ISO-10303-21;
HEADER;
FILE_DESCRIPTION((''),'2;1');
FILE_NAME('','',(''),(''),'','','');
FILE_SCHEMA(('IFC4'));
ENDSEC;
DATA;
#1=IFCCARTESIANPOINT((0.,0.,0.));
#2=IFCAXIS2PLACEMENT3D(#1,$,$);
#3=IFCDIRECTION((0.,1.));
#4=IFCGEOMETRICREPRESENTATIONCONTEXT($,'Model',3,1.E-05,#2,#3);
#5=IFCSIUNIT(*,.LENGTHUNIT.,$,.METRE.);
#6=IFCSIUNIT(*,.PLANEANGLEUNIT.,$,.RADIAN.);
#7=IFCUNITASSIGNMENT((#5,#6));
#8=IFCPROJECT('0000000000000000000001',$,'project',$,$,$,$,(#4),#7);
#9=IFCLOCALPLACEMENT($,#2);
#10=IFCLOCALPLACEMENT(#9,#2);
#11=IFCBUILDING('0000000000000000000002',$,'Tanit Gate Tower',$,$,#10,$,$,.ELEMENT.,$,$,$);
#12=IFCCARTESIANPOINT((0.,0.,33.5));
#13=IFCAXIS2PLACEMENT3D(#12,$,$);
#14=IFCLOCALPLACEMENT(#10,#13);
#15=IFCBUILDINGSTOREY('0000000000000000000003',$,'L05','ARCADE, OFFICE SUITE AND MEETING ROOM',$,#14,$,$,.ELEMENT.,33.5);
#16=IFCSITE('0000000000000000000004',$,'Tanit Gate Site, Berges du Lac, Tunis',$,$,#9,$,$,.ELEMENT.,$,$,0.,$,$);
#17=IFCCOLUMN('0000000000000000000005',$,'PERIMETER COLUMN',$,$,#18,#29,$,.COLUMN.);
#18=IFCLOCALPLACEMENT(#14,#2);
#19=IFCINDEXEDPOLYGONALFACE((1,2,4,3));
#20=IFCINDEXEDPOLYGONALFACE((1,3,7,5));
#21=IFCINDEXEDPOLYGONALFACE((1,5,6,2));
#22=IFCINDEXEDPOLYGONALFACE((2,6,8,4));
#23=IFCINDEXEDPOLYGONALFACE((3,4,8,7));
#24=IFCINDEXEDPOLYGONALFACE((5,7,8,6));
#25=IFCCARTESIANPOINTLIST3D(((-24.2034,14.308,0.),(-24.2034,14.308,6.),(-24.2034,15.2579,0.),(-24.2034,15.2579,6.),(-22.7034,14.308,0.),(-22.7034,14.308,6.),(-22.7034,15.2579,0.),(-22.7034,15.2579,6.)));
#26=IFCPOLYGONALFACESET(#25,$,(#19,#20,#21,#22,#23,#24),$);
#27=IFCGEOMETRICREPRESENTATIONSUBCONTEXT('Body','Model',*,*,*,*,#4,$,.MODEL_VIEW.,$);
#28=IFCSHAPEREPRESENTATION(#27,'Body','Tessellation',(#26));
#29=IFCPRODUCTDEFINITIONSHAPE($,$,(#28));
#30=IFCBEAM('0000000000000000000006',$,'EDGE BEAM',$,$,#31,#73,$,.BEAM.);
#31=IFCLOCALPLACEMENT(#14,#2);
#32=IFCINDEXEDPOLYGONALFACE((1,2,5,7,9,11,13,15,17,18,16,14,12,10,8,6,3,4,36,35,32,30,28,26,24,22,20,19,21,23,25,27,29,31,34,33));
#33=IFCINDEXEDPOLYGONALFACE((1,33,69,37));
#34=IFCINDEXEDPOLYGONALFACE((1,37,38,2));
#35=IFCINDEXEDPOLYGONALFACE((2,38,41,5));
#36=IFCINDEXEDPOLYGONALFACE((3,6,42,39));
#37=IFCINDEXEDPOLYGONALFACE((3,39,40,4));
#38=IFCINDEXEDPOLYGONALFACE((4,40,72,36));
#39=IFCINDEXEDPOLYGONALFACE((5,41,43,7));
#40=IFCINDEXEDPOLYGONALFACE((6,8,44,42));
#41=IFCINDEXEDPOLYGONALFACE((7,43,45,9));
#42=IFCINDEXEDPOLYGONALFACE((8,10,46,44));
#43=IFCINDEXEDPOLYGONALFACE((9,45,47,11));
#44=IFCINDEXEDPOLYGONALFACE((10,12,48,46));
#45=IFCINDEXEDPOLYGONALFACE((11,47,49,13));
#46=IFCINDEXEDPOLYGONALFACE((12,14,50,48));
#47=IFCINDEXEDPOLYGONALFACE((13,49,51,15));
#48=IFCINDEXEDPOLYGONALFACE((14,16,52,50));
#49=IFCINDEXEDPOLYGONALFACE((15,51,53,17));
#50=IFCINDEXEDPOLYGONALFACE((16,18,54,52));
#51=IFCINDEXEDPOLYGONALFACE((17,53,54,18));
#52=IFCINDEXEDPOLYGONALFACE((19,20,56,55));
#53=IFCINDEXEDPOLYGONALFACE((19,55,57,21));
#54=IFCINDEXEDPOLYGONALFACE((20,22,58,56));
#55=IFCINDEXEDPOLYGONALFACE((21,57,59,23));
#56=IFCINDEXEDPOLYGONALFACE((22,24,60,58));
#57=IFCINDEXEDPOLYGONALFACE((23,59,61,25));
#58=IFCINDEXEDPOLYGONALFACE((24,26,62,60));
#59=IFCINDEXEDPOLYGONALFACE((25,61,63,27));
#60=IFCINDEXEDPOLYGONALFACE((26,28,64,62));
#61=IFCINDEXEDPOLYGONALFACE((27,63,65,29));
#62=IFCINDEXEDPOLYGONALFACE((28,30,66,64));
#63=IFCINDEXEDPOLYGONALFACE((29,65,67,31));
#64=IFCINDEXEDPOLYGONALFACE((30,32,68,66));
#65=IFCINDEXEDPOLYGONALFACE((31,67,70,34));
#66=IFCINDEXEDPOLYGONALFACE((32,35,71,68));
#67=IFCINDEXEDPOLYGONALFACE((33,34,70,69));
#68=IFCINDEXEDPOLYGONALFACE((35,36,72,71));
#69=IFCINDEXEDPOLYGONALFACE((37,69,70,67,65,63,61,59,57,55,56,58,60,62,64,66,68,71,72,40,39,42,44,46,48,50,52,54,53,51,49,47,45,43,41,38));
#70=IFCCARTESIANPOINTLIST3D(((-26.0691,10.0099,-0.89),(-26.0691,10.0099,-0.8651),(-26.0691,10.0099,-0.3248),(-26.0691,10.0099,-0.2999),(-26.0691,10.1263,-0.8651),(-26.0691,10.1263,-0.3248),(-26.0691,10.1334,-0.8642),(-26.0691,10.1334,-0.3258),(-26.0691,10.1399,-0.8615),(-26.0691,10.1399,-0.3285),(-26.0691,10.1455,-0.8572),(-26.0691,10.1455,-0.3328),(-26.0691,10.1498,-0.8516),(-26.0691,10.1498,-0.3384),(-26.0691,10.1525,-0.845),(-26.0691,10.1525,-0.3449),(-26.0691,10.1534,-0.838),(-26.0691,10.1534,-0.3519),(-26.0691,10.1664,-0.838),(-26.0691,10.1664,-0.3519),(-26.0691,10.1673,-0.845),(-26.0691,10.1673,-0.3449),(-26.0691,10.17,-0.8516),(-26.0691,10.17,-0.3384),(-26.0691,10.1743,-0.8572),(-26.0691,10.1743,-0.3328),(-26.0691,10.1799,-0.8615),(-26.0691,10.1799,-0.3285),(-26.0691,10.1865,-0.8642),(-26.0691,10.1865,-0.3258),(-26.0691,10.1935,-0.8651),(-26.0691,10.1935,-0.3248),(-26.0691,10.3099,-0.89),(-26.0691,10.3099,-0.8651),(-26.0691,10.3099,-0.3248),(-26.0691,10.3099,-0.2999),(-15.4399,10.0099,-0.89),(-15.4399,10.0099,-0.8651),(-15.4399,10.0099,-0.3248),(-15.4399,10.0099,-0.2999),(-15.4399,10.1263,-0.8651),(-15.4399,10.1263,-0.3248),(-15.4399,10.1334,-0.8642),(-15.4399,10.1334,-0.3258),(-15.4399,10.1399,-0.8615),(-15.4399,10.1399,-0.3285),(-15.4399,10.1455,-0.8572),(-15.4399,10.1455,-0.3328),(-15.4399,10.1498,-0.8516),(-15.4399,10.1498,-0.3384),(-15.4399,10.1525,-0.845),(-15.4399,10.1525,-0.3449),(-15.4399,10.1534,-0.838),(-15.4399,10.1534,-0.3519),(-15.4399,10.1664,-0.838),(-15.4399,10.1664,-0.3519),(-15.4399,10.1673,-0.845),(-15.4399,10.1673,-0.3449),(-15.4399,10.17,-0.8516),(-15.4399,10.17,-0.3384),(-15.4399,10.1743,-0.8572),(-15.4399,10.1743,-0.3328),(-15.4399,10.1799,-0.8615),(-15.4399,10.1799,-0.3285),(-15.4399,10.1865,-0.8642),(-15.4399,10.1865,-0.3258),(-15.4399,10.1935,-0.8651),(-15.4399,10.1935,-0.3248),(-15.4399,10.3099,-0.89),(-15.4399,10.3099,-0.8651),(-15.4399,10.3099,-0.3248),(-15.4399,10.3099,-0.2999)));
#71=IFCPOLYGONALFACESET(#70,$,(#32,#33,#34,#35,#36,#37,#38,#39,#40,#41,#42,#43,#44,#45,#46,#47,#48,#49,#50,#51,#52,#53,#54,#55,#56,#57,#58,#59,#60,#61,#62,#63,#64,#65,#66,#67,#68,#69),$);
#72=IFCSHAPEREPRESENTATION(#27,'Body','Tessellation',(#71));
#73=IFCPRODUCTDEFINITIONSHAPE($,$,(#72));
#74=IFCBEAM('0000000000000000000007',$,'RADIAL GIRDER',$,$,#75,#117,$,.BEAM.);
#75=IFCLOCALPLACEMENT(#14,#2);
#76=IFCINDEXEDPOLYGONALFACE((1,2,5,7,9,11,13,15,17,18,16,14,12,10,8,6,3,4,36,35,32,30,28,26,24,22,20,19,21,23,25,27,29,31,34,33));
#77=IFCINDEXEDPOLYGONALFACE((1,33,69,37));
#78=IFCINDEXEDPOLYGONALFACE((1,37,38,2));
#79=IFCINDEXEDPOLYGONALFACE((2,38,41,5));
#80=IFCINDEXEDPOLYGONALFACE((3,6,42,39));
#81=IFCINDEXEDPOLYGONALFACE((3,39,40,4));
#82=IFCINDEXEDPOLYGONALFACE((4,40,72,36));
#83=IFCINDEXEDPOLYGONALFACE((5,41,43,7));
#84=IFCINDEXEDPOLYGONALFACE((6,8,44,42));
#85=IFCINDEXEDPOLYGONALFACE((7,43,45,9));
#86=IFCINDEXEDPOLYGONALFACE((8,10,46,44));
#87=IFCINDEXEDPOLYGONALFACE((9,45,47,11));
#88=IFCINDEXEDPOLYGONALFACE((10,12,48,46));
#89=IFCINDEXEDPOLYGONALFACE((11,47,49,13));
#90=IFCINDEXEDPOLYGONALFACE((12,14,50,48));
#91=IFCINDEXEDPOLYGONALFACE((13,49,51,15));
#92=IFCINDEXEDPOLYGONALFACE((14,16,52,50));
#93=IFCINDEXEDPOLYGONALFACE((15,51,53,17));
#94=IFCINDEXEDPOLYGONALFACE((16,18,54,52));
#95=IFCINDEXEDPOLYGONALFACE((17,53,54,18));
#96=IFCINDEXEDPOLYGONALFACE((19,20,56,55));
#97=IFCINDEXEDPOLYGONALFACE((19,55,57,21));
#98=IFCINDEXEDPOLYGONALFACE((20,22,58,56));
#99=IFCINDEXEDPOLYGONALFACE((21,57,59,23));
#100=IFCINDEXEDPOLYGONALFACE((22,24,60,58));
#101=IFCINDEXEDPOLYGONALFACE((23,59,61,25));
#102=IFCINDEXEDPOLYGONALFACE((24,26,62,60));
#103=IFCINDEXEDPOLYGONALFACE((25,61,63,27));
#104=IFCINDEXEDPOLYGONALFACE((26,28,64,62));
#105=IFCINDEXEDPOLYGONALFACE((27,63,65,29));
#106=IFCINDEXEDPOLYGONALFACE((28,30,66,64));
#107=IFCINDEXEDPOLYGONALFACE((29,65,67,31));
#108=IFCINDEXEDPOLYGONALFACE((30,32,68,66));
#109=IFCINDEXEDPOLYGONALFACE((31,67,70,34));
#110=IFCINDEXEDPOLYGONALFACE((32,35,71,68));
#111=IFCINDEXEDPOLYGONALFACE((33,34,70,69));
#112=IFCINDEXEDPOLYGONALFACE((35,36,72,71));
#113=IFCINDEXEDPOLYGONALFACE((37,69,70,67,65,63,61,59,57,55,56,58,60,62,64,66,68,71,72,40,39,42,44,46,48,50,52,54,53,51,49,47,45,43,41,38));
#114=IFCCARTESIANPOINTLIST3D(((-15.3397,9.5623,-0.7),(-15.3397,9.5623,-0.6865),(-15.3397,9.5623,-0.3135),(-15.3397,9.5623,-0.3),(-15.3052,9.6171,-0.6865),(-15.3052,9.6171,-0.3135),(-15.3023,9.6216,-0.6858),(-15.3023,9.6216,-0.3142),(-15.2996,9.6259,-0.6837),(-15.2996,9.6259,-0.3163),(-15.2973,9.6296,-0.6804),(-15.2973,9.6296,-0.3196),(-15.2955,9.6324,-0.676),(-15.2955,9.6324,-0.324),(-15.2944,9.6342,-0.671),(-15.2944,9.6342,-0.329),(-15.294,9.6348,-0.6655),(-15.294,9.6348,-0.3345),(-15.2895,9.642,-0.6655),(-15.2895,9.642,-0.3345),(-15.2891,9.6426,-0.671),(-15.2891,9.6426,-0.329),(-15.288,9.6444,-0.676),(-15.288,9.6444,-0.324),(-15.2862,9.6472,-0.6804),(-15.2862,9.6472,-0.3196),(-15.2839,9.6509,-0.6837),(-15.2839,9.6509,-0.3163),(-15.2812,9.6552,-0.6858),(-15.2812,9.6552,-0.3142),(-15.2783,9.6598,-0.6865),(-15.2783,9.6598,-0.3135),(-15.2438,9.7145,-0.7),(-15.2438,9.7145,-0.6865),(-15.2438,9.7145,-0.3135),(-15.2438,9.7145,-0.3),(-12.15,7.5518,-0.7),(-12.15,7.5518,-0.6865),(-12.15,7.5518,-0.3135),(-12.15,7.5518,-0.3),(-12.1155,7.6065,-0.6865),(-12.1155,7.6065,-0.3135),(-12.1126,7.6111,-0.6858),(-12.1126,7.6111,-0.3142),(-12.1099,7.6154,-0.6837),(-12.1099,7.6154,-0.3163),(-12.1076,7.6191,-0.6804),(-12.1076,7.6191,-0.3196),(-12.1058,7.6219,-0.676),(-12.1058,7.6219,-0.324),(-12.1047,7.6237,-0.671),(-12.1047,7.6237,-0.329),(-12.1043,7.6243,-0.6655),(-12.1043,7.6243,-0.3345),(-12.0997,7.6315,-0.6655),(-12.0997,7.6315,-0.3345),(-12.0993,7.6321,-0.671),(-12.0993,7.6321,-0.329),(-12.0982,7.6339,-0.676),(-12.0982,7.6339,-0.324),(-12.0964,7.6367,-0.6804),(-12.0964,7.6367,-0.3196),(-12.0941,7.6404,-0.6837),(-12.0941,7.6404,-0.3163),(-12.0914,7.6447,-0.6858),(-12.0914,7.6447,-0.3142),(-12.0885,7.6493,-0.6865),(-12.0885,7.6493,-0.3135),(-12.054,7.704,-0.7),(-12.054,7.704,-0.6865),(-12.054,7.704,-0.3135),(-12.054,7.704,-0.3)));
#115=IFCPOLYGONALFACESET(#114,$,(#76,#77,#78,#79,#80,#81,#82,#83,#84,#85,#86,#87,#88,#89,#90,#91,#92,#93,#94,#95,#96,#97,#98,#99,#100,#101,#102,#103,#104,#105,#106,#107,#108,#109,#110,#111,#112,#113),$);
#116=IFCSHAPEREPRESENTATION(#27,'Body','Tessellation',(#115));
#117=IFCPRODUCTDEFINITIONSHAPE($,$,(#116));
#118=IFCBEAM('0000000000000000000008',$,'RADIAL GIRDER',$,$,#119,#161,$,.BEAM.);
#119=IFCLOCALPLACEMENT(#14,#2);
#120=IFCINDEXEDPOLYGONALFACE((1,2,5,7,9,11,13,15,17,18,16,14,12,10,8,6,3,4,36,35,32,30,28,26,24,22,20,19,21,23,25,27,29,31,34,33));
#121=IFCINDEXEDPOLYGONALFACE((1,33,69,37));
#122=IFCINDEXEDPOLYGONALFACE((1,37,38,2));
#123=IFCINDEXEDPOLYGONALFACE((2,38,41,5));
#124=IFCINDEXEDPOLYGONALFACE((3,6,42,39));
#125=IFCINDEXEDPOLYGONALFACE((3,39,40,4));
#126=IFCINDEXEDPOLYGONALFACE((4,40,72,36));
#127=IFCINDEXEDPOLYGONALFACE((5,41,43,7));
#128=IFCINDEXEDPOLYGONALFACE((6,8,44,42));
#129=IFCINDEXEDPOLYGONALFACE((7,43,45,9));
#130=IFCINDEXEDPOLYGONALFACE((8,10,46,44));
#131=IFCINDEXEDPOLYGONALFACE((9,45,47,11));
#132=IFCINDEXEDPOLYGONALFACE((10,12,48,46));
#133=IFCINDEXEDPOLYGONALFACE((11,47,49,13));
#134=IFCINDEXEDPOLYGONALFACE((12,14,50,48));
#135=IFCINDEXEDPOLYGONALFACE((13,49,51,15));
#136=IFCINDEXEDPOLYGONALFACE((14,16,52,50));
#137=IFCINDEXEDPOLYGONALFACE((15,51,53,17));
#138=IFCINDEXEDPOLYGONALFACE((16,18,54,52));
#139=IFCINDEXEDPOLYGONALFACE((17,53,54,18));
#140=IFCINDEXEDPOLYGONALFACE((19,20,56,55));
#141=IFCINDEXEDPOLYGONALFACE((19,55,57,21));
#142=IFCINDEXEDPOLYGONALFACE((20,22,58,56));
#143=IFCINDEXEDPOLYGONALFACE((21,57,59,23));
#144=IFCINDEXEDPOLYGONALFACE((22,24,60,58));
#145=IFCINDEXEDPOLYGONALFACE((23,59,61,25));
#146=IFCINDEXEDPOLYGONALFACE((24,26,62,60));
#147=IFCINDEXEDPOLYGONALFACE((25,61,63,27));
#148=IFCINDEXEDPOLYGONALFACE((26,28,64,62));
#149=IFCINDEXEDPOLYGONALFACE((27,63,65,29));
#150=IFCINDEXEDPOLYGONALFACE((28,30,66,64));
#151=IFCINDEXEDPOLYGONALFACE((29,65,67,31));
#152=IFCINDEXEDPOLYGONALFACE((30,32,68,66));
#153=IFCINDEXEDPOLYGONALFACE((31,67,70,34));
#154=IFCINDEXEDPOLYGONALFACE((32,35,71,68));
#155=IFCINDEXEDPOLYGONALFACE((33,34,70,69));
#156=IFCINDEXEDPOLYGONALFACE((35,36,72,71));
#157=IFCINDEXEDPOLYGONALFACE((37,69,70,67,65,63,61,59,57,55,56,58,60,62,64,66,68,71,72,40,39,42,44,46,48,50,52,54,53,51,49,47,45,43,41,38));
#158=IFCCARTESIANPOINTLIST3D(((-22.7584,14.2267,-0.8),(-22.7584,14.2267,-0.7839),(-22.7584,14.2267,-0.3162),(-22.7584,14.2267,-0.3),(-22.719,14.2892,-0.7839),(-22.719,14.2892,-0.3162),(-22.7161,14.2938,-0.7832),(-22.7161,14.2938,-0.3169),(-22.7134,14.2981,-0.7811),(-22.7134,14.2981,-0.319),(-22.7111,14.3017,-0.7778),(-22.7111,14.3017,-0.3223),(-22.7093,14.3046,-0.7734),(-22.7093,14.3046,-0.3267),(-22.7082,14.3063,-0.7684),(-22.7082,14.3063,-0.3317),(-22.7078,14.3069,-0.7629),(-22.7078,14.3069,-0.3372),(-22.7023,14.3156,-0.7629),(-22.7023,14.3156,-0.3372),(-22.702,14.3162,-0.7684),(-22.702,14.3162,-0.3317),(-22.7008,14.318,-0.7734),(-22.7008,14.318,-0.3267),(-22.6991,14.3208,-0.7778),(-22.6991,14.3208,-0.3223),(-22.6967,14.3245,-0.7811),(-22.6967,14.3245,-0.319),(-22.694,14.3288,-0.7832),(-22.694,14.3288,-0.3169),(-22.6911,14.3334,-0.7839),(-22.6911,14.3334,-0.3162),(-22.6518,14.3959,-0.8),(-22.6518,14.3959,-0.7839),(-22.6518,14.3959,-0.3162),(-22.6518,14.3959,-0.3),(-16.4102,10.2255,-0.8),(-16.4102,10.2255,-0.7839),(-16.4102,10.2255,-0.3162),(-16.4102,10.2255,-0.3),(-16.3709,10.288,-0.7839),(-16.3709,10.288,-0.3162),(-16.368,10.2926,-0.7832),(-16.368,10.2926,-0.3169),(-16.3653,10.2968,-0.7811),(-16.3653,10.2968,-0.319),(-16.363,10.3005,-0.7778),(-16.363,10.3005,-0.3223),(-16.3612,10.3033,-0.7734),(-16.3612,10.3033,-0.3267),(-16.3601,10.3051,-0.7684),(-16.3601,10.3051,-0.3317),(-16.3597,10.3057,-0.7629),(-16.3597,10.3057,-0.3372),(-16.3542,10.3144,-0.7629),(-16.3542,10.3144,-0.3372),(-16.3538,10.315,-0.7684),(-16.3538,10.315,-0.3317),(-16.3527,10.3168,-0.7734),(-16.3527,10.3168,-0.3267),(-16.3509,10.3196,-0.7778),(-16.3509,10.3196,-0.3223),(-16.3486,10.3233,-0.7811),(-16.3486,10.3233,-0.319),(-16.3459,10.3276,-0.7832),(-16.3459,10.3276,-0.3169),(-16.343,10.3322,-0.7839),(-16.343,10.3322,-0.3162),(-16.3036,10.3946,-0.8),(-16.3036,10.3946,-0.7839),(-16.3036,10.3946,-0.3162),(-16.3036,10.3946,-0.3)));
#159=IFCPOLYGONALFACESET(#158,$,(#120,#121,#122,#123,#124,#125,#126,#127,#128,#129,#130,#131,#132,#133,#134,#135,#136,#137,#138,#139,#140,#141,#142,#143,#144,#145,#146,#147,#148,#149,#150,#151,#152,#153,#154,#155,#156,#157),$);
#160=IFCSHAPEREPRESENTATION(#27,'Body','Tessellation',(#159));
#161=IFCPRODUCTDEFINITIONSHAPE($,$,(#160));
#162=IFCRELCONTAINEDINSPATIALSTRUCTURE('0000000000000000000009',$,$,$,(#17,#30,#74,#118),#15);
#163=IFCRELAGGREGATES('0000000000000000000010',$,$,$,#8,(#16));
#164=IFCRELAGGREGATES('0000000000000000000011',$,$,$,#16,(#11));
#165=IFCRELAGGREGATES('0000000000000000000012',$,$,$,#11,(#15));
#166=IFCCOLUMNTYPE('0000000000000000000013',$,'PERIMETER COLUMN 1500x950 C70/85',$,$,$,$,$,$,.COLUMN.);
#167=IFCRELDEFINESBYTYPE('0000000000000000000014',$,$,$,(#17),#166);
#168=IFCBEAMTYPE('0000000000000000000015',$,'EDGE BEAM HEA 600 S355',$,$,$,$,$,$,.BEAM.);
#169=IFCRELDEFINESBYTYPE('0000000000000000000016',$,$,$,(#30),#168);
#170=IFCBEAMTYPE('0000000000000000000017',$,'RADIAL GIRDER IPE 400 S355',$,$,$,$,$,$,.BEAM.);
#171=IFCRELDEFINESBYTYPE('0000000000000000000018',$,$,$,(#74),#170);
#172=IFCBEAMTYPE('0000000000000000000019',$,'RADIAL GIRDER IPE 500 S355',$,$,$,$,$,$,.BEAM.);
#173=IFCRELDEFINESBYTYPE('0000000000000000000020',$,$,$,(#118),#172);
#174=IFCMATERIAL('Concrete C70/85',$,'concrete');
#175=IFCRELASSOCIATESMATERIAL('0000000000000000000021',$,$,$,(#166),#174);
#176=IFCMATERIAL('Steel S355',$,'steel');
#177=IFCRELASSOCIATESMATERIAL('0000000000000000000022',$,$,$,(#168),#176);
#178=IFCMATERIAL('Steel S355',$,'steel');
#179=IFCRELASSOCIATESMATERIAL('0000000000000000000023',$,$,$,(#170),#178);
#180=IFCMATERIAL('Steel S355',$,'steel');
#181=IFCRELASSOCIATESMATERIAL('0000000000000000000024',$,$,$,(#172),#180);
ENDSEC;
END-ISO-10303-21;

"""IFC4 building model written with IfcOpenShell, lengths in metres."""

from ifc_helpers import new_model, si_unit, direction, frame, origin, origin_2d, place, context, subcontext, project, spatial, rectangle, i_section, extrude, material, material_profile, profile_set, type_object, element, save


model = new_model("IFC4")

# Units and contexts
model_context = context("Model", 3, precision=1e-05, world=origin(), true_north=direction((0.0, 1.0)))
body_context = subcontext(model_context, "Body", "Model", "MODEL_VIEW")
ifc_project = project(units=[si_unit("LENGTHUNIT", "METRE"), si_unit("PLANEANGLEUNIT", "RADIAN")], contexts=[model_context])

# Site, building, storey
site_placement = place(None, origin())
site = spatial("IfcSite", under=ifc_project, at=site_placement, Name="Tanit Gate Site, Berges du Lac, Tunis", CompositionType="ELEMENT", RefElevation=0.0)
building_placement = place(site_placement, origin())
building = spatial("IfcBuilding", under=site, at=building_placement, Name="Tanit Gate Tower", CompositionType="ELEMENT")
storey_placement = place(building_placement, frame((0.0, 0.0, 33.5)))
storey = spatial("IfcBuildingStorey", under=building, at=storey_placement, Name="L05", Description="ARCADE, OFFICE SUITE AND MEETING ROOM", CompositionType="ELEMENT", Elevation=33.5)

# Column
ifc_material_1 = material(Name="Concrete C70/85", Category="concrete")
ifc_material_profile_1 = material_profile(ifc_material_1, rectangle(XDim=1.5, YDim=0.95, at=origin_2d()), Name="RC 1500x950")
ifc_profile_set_1 = profile_set([ifc_material_profile_1], Name="Concrete C70/85")
column_type = type_object("IfcColumnType", Name="PERIMETER COLUMN 1500x950 C70/85", PredefinedType="COLUMN", material=ifc_profile_set_1)
column_placement = place(storey_placement, frame((-23.4534, 14.783, 0.0), z_axis=(0.0, 0.0, 1.0), x_axis=(-1.0, 0.0, 0.0)))
element("IfcColumn", 1, at=column_placement, inside=storey, type_object=column_type, Name="PERIMETER COLUMN", PredefinedType="COLUMN", context=body_context, shape_type="SweptSolid", body=[
    extrude(rectangle(XDim=1.5, YDim=0.95, at=origin_2d()), origin(), (0.0, 0.0, 1.0), 6.0),
])

# Beams
ifc_material_2 = material(Name="Steel S355", Category="steel")
ifc_material_profile_2 = material_profile(ifc_material_2, i_section(OverallWidth=0.3, OverallDepth=0.5901, WebThickness=0.0129, FlangeThickness=0.0249, FilletRadius=0.0271, at=origin_2d()), Name="HEA 600")
ifc_profile_set_2 = profile_set([ifc_material_profile_2], Name="Steel S355")
beam_type_1 = type_object("IfcBeamType", Name="EDGE BEAM HEA 600 S355", PredefinedType="BEAM", material=ifc_profile_set_2)
beam_1_placement = place(storey_placement, frame((-15.4399, 10.1599, -0.595), z_axis=(-1.0, 0.0, 0.0), x_axis=(0.0, -1.0, 0.0)))
element("IfcBeam", 2, at=beam_1_placement, inside=storey, type_object=beam_type_1, Name="EDGE BEAM", PredefinedType="BEAM", context=body_context, shape_type="SweptSolid", body=[
    extrude(i_section(OverallWidth=0.3, OverallDepth=0.5901, WebThickness=0.0129, FlangeThickness=0.0249, FilletRadius=0.0271, at=origin_2d()), origin(), (0.0, 0.0, 1.0), 10.6292),
])
ifc_material_3 = material(Name="Steel S355", Category="steel")
ifc_material_profile_3 = material_profile(ifc_material_3, i_section(OverallWidth=0.1799, OverallDepth=0.3999, WebThickness=0.0085, FlangeThickness=0.0134, FilletRadius=0.021, at=origin_2d()), Name="IPE 400")
ifc_profile_set_3 = profile_set([ifc_material_profile_3], Name="Steel S355")
beam_type_2 = type_object("IfcBeamType", Name="RADIAL GIRDER IPE 400 S355", PredefinedType="BEAM", material=ifc_profile_set_3)
beam_2_placement = place(storey_placement, frame((-15.2917, 9.6384, -0.5), z_axis=(0.845973, -0.533225, 0.0), x_axis=(0.533225, 0.845973, 0.0)))
element("IfcBeam", 3, at=beam_2_placement, inside=storey, type_object=beam_type_2, Name="RADIAL GIRDER", PredefinedType="BEAM", context=body_context, shape_type="SweptSolid", body=[
    extrude(i_section(OverallWidth=0.1799, OverallDepth=0.3999, WebThickness=0.0085, FlangeThickness=0.0134, FilletRadius=0.021, at=origin_2d()), origin(), (0.0, 0.0, 1.0), 3.7705),
])
ifc_material_4 = material(Name="Steel S355", Category="steel")
ifc_material_profile_4 = material_profile(ifc_material_4, i_section(OverallWidth=0.2, OverallDepth=0.5, WebThickness=0.0103, FlangeThickness=0.0161, FilletRadius=0.021, at=origin_2d()), Name="IPE 500")
ifc_profile_set_4 = profile_set([ifc_material_profile_4], Name="Steel S355")
beam_type_3 = type_object("IfcBeamType", Name="RADIAL GIRDER IPE 500 S355", PredefinedType="BEAM", material=ifc_profile_set_4)
beam_3_placement = place(storey_placement, frame((-22.7051, 14.3113, -0.55), z_axis=(0.845978, -0.533218, 0.0), x_axis=(0.533218, 0.845978, 0.0)))
element("IfcBeam", 4, at=beam_3_placement, inside=storey, type_object=beam_type_3, Name="RADIAL GIRDER", PredefinedType="BEAM", context=body_context, shape_type="SweptSolid", body=[
    extrude(i_section(OverallWidth=0.2, OverallDepth=0.5, WebThickness=0.0103, FlangeThickness=0.0161, FilletRadius=0.021, at=origin_2d()), origin(), (0.0, 0.0, 1.0), 7.5039),
])

save(model, "model.ifc")
